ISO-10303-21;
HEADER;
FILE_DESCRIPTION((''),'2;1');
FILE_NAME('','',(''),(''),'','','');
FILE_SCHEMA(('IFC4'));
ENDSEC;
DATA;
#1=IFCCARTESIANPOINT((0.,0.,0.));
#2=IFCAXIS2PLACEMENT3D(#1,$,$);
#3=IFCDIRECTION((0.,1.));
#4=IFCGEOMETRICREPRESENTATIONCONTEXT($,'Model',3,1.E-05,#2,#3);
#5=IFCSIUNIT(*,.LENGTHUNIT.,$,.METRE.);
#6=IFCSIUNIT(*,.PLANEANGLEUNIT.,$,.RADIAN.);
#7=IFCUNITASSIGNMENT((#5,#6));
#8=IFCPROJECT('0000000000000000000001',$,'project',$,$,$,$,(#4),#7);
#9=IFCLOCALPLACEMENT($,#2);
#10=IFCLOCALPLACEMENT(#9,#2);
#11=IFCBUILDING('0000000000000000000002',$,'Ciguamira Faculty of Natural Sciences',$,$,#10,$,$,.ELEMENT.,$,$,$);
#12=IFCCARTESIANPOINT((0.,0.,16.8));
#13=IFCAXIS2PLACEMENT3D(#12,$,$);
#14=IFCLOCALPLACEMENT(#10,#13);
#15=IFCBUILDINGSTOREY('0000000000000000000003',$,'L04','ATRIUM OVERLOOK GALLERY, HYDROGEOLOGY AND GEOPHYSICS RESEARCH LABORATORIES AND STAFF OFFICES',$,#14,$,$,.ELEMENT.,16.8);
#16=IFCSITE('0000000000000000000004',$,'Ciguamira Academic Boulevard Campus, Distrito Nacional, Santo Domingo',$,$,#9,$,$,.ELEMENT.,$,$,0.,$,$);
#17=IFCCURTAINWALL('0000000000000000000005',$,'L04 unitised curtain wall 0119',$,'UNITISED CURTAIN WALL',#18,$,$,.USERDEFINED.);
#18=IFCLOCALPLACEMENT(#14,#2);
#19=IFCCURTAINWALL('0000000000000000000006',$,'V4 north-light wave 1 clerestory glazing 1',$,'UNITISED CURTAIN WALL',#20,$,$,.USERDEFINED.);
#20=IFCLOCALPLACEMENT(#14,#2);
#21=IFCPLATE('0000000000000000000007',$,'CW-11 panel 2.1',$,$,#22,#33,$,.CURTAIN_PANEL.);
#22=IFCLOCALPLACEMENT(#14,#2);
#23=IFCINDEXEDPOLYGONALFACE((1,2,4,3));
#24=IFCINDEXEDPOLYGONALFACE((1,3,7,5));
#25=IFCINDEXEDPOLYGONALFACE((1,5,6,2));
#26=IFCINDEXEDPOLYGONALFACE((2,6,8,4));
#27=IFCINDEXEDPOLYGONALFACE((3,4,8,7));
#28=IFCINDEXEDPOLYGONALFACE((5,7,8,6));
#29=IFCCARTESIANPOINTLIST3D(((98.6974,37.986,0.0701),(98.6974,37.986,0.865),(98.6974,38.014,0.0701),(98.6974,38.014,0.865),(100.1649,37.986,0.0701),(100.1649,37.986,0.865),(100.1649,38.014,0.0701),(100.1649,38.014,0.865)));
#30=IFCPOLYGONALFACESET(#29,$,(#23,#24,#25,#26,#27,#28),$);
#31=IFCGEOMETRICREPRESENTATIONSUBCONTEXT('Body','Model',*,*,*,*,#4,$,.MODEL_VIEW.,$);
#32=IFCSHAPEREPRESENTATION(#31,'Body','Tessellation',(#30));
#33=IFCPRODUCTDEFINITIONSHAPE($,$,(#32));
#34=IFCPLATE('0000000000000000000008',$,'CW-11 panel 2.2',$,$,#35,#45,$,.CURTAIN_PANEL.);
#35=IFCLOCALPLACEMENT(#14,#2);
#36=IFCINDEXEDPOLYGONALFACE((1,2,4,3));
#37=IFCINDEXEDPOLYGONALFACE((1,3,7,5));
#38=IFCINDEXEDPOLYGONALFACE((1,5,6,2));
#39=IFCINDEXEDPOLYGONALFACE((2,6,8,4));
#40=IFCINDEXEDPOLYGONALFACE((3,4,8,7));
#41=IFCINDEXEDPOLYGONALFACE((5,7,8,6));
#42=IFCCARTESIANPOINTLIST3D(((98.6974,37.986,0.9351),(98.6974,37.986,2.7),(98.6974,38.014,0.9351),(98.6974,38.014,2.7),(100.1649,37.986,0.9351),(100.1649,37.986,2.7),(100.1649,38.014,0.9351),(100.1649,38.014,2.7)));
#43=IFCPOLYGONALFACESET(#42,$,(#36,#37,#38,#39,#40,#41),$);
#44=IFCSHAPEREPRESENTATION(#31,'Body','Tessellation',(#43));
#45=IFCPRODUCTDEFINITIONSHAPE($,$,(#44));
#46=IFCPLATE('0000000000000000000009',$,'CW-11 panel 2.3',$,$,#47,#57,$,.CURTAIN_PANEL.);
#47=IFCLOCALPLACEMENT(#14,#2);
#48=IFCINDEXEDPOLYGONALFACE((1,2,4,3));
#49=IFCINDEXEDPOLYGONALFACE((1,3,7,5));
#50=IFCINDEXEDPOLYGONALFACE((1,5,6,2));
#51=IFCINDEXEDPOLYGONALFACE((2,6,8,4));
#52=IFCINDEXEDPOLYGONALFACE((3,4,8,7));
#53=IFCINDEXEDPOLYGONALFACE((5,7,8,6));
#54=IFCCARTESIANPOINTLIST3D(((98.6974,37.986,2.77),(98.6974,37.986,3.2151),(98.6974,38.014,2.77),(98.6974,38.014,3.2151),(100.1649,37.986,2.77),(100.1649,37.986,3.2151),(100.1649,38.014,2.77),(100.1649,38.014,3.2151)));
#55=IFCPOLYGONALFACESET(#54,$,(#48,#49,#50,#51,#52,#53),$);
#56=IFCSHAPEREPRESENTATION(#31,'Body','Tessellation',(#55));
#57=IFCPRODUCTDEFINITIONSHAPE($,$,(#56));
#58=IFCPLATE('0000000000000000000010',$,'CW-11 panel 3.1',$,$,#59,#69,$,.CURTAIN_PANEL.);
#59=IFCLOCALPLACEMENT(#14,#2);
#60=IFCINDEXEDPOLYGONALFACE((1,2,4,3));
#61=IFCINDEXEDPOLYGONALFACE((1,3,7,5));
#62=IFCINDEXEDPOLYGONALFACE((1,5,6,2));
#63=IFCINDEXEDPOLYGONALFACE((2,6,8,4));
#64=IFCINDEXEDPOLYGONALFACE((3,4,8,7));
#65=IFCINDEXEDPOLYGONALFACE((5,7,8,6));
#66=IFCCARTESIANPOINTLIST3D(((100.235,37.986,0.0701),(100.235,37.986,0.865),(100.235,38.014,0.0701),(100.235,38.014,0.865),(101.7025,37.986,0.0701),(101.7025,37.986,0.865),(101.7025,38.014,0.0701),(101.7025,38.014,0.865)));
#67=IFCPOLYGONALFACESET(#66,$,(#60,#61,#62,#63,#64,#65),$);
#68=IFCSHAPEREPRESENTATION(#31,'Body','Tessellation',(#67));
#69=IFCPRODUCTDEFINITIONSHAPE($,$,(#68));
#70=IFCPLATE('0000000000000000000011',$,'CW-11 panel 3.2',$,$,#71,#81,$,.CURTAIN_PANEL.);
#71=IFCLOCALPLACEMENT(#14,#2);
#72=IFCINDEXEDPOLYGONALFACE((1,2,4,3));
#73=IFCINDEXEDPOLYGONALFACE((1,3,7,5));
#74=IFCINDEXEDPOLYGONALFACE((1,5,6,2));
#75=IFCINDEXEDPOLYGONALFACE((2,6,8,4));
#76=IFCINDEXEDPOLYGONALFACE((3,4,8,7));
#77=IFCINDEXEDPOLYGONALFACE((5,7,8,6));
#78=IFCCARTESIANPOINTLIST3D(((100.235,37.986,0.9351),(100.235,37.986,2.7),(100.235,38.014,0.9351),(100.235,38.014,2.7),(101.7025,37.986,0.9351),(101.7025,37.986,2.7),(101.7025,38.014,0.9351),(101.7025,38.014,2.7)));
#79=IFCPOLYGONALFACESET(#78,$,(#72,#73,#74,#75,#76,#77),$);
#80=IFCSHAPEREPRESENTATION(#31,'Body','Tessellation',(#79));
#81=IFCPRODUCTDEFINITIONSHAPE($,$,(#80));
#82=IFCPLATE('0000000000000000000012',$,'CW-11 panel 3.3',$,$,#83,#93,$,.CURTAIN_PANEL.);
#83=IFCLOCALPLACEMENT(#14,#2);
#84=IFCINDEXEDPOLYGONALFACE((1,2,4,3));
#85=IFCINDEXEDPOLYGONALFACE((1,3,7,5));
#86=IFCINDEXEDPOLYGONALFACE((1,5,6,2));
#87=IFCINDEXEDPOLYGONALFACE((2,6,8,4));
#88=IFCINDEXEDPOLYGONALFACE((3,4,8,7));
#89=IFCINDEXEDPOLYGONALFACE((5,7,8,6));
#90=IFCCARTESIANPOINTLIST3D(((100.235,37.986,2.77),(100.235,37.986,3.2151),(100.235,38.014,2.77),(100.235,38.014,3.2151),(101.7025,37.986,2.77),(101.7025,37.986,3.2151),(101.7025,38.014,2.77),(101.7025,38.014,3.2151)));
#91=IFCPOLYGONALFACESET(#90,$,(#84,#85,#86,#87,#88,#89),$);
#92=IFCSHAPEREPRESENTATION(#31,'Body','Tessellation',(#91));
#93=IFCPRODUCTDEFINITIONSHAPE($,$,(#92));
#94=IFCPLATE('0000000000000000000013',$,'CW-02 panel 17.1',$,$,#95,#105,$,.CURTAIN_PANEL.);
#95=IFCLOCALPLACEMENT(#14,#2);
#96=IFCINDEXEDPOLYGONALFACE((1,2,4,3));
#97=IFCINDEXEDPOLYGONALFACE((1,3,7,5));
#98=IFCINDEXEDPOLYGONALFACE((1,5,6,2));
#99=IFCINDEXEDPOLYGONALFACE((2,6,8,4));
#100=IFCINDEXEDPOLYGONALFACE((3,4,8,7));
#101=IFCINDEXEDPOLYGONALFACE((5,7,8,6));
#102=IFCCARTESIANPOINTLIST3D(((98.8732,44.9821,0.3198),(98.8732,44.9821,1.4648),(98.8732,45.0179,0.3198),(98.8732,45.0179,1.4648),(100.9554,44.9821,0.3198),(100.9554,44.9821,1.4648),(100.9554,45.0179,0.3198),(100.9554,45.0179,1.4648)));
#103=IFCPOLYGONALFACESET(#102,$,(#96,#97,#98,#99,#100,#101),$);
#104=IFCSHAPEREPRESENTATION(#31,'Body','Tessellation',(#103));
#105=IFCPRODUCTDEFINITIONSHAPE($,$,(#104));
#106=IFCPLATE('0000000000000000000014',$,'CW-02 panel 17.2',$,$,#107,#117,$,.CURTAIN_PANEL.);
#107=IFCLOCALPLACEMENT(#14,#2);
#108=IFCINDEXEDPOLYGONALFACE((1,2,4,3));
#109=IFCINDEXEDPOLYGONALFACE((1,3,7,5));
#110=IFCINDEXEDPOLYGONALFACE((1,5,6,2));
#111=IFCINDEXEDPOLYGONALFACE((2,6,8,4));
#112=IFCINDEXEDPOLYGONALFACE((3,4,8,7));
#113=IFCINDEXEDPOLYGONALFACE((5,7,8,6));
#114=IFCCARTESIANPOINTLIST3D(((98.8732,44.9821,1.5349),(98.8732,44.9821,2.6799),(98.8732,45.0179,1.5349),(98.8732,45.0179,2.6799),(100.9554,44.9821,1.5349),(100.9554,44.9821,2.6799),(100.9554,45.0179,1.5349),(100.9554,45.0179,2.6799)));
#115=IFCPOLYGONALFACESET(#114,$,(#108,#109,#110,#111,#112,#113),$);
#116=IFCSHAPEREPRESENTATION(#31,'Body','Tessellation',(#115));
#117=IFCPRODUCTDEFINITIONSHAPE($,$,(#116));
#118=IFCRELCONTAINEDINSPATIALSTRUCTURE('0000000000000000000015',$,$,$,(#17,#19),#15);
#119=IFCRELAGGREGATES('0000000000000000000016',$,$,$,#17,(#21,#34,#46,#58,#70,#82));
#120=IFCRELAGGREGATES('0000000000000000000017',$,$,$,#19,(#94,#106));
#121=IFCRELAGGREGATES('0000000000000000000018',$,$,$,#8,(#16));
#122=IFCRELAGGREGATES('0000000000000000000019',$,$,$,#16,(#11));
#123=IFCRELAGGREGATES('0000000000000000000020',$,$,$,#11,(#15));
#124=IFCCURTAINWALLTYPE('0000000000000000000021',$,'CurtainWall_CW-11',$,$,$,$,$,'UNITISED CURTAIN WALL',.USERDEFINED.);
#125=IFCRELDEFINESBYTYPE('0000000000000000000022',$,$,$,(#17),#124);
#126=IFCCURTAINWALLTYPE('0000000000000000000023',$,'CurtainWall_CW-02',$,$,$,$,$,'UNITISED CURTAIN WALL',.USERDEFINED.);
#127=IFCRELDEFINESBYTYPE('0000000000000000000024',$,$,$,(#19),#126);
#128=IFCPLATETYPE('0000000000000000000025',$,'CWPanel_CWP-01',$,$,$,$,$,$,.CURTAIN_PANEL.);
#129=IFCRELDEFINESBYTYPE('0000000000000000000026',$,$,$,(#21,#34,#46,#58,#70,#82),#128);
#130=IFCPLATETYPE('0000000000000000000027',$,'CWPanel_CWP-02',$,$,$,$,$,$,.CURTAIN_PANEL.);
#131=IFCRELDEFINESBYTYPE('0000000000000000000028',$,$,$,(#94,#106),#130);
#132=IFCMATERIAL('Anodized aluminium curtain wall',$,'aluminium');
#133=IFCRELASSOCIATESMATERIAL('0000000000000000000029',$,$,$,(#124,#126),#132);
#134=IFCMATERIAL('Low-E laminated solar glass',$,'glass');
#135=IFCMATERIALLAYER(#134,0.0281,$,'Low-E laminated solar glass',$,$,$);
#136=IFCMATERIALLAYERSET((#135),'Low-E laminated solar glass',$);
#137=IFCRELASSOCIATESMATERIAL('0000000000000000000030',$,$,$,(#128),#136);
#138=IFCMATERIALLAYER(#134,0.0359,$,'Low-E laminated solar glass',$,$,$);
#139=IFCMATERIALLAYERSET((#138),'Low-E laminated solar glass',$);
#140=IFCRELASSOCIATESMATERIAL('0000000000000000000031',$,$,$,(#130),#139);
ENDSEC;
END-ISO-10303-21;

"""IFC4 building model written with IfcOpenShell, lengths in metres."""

from ifc_helpers import new_model, si_unit, direction, frame, origin, origin_2d, place, context, subcontext, project, spatial, rectangle, extrude, material, layer, layer_set, type_object, element, aggregate, save


model = new_model("IFC4")

# Units and contexts
model_context = context("Model", 3, precision=1e-05, world=origin(), true_north=direction((0.0, 1.0)))
body_context = subcontext(model_context, "Body", "Model", "MODEL_VIEW")
ifc_project = project(units=[si_unit("LENGTHUNIT", "METRE"), si_unit("PLANEANGLEUNIT", "RADIAN")], contexts=[model_context])

# Site, building, storey
site_placement = place(None, origin())
site = spatial("IfcSite", under=ifc_project, at=site_placement, Name="Ciguamira Academic Boulevard Campus, Distrito Nacional, Santo Domingo", CompositionType="ELEMENT", RefElevation=0.0)
building_placement = place(site_placement, origin())
building = spatial("IfcBuilding", under=site, at=building_placement, Name="Ciguamira Faculty of Natural Sciences", CompositionType="ELEMENT")
storey_placement = place(building_placement, frame((0.0, 0.0, 16.8)))
storey = spatial("IfcBuildingStorey", under=building, at=storey_placement, Name="L04", Description="ATRIUM OVERLOOK GALLERY, HYDROGEOLOGY AND GEOPHYSICS RESEARCH LABORATORIES AND STAFF OFFICES", CompositionType="ELEMENT", Elevation=16.8)

# Curtain wall
ifc_material_1 = material(Name="Anodized aluminium curtain wall", Category="aluminium")
curtain_wall_type_1 = type_object("IfcCurtainWallType", Name="CurtainWall_CW-11", ElementType="UNITISED CURTAIN WALL", PredefinedType="USERDEFINED", material=ifc_material_1)
curtain_wall_1_placement = place(storey_placement, origin())
curtain_wall_1 = element("IfcCurtainWall", 1, at=curtain_wall_1_placement, inside=storey, type_object=curtain_wall_type_1, Name="L04 unitised curtain wall 0119", ObjectType="UNITISED CURTAIN WALL", PredefinedType="USERDEFINED")

# Curtain wall
curtain_wall_type_2 = type_object("IfcCurtainWallType", Name="CurtainWall_CW-02", ElementType="UNITISED CURTAIN WALL", PredefinedType="USERDEFINED", material=ifc_material_1)
curtain_wall_2_placement = place(storey_placement, origin())
curtain_wall_2 = element("IfcCurtainWall", 2, at=curtain_wall_2_placement, inside=storey, type_object=curtain_wall_type_2, Name="V4 north-light wave 1 clerestory glazing 1", ObjectType="UNITISED CURTAIN WALL", PredefinedType="USERDEFINED")

# Plates
ifc_material_2 = material(Name="Low-E laminated solar glass", Category="glass")
ifc_layer_1 = layer(ifc_material_2, 0.0281, Name="Low-E laminated solar glass")
ifc_layer_set_1 = layer_set([ifc_layer_1], Name="Low-E laminated solar glass")
plate_type_1 = type_object("IfcPlateType", Name="CWPanel_CWP-01", PredefinedType="CURTAIN_PANEL", material=ifc_layer_set_1)
plate_1_placement = place(storey_placement, frame((99.4312, 38.0, 0.0701), z_axis=(0.0, 0.0, 1.0), x_axis=(1.0, 0.0, 0.0)))
plate_1 = element("IfcPlate", 3, at=plate_1_placement, type_object=plate_type_1, Name="CW-11 panel 2.1", PredefinedType="CURTAIN_PANEL", context=body_context, shape_type="SweptSolid", body=[
    extrude(rectangle(XDim=1.4675, YDim=0.0281, at=origin_2d()), origin(), (0.0, 0.0, 1.0), 0.7949),
])
plate_2_placement = place(storey_placement, frame((99.4312, 38.0, 0.9351), z_axis=(0.0, 0.0, 1.0), x_axis=(1.0, 0.0, 0.0)))
plate_2 = element("IfcPlate", 4, at=plate_2_placement, type_object=plate_type_1, Name="CW-11 panel 2.2", PredefinedType="CURTAIN_PANEL", context=body_context, shape_type="SweptSolid", body=[
    extrude(rectangle(XDim=1.4675, YDim=0.0281, at=origin_2d()), origin(), (0.0, 0.0, 1.0), 1.7649),
])
plate_3_placement = place(storey_placement, frame((99.4312, 38.0, 2.77), z_axis=(0.0, 0.0, 1.0), x_axis=(1.0, 0.0, 0.0)))
plate_3 = element("IfcPlate", 5, at=plate_3_placement, type_object=plate_type_1, Name="CW-11 panel 2.3", PredefinedType="CURTAIN_PANEL", context=body_context, shape_type="SweptSolid", body=[
    extrude(rectangle(XDim=1.4675, YDim=0.0281, at=origin_2d()), origin(), (0.0, 0.0, 1.0), 0.4451),
])
plate_4_placement = place(storey_placement, frame((100.9688, 38.0, 0.0701), z_axis=(0.0, 0.0, 1.0), x_axis=(1.0, 0.0, 0.0)))
plate_4 = element("IfcPlate", 6, at=plate_4_placement, type_object=plate_type_1, Name="CW-11 panel 3.1", PredefinedType="CURTAIN_PANEL", context=body_context, shape_type="SweptSolid", body=[
    extrude(rectangle(XDim=1.4675, YDim=0.0281, at=origin_2d()), origin(), (0.0, 0.0, 1.0), 0.7949),
])
plate_5_placement = place(storey_placement, frame((100.9688, 38.0, 0.9351), z_axis=(0.0, 0.0, 1.0), x_axis=(1.0, 0.0, 0.0)))
plate_5 = element("IfcPlate", 7, at=plate_5_placement, type_object=plate_type_1, Name="CW-11 panel 3.2", PredefinedType="CURTAIN_PANEL", context=body_context, shape_type="SweptSolid", body=[
    extrude(rectangle(XDim=1.4675, YDim=0.0281, at=origin_2d()), origin(), (0.0, 0.0, 1.0), 1.7649),
])
plate_6_placement = place(storey_placement, frame((100.9688, 38.0, 2.77), z_axis=(0.0, 0.0, 1.0), x_axis=(1.0, 0.0, 0.0)))
plate_6 = element("IfcPlate", 8, at=plate_6_placement, type_object=plate_type_1, Name="CW-11 panel 3.3", PredefinedType="CURTAIN_PANEL", context=body_context, shape_type="SweptSolid", body=[
    extrude(rectangle(XDim=1.4675, YDim=0.0281, at=origin_2d()), origin(), (0.0, 0.0, 1.0), 0.4451),
])
aggregate(curtain_wall_1, [plate_1, plate_2, plate_3, plate_4, plate_5, plate_6])
ifc_layer_2 = layer(ifc_material_2, 0.0359, Name="Low-E laminated solar glass")
ifc_layer_set_2 = layer_set([ifc_layer_2], Name="Low-E laminated solar glass")
plate_type_2 = type_object("IfcPlateType", Name="CWPanel_CWP-02", PredefinedType="CURTAIN_PANEL", material=ifc_layer_set_2)
plate_7_placement = place(storey_placement, frame((99.9143, 45.0, 0.3198), z_axis=(0.0, 0.0, 1.0), x_axis=(1.0, 0.0, 0.0)))
plate_7 = element("IfcPlate", 9, at=plate_7_placement, type_object=plate_type_2, Name="CW-02 panel 17.1", PredefinedType="CURTAIN_PANEL", context=body_context, shape_type="SweptSolid", body=[
    extrude(rectangle(XDim=2.0823, YDim=0.0359, at=origin_2d()), origin(), (0.0, 0.0, 1.0), 1.145),
])
plate_8_placement = place(storey_placement, frame((99.9143, 45.0, 1.5349), z_axis=(0.0, 0.0, 1.0), x_axis=(1.0, 0.0, 0.0)))
plate_8 = element("IfcPlate", 10, at=plate_8_placement, type_object=plate_type_2, Name="CW-02 panel 17.2", PredefinedType="CURTAIN_PANEL", context=body_context, shape_type="SweptSolid", body=[
    extrude(rectangle(XDim=2.0823, YDim=0.0359, at=origin_2d()), origin(), (0.0, 0.0, 1.0), 1.145),
])
aggregate(curtain_wall_2, [plate_7, plate_8])

save(model, "model.ifc")
